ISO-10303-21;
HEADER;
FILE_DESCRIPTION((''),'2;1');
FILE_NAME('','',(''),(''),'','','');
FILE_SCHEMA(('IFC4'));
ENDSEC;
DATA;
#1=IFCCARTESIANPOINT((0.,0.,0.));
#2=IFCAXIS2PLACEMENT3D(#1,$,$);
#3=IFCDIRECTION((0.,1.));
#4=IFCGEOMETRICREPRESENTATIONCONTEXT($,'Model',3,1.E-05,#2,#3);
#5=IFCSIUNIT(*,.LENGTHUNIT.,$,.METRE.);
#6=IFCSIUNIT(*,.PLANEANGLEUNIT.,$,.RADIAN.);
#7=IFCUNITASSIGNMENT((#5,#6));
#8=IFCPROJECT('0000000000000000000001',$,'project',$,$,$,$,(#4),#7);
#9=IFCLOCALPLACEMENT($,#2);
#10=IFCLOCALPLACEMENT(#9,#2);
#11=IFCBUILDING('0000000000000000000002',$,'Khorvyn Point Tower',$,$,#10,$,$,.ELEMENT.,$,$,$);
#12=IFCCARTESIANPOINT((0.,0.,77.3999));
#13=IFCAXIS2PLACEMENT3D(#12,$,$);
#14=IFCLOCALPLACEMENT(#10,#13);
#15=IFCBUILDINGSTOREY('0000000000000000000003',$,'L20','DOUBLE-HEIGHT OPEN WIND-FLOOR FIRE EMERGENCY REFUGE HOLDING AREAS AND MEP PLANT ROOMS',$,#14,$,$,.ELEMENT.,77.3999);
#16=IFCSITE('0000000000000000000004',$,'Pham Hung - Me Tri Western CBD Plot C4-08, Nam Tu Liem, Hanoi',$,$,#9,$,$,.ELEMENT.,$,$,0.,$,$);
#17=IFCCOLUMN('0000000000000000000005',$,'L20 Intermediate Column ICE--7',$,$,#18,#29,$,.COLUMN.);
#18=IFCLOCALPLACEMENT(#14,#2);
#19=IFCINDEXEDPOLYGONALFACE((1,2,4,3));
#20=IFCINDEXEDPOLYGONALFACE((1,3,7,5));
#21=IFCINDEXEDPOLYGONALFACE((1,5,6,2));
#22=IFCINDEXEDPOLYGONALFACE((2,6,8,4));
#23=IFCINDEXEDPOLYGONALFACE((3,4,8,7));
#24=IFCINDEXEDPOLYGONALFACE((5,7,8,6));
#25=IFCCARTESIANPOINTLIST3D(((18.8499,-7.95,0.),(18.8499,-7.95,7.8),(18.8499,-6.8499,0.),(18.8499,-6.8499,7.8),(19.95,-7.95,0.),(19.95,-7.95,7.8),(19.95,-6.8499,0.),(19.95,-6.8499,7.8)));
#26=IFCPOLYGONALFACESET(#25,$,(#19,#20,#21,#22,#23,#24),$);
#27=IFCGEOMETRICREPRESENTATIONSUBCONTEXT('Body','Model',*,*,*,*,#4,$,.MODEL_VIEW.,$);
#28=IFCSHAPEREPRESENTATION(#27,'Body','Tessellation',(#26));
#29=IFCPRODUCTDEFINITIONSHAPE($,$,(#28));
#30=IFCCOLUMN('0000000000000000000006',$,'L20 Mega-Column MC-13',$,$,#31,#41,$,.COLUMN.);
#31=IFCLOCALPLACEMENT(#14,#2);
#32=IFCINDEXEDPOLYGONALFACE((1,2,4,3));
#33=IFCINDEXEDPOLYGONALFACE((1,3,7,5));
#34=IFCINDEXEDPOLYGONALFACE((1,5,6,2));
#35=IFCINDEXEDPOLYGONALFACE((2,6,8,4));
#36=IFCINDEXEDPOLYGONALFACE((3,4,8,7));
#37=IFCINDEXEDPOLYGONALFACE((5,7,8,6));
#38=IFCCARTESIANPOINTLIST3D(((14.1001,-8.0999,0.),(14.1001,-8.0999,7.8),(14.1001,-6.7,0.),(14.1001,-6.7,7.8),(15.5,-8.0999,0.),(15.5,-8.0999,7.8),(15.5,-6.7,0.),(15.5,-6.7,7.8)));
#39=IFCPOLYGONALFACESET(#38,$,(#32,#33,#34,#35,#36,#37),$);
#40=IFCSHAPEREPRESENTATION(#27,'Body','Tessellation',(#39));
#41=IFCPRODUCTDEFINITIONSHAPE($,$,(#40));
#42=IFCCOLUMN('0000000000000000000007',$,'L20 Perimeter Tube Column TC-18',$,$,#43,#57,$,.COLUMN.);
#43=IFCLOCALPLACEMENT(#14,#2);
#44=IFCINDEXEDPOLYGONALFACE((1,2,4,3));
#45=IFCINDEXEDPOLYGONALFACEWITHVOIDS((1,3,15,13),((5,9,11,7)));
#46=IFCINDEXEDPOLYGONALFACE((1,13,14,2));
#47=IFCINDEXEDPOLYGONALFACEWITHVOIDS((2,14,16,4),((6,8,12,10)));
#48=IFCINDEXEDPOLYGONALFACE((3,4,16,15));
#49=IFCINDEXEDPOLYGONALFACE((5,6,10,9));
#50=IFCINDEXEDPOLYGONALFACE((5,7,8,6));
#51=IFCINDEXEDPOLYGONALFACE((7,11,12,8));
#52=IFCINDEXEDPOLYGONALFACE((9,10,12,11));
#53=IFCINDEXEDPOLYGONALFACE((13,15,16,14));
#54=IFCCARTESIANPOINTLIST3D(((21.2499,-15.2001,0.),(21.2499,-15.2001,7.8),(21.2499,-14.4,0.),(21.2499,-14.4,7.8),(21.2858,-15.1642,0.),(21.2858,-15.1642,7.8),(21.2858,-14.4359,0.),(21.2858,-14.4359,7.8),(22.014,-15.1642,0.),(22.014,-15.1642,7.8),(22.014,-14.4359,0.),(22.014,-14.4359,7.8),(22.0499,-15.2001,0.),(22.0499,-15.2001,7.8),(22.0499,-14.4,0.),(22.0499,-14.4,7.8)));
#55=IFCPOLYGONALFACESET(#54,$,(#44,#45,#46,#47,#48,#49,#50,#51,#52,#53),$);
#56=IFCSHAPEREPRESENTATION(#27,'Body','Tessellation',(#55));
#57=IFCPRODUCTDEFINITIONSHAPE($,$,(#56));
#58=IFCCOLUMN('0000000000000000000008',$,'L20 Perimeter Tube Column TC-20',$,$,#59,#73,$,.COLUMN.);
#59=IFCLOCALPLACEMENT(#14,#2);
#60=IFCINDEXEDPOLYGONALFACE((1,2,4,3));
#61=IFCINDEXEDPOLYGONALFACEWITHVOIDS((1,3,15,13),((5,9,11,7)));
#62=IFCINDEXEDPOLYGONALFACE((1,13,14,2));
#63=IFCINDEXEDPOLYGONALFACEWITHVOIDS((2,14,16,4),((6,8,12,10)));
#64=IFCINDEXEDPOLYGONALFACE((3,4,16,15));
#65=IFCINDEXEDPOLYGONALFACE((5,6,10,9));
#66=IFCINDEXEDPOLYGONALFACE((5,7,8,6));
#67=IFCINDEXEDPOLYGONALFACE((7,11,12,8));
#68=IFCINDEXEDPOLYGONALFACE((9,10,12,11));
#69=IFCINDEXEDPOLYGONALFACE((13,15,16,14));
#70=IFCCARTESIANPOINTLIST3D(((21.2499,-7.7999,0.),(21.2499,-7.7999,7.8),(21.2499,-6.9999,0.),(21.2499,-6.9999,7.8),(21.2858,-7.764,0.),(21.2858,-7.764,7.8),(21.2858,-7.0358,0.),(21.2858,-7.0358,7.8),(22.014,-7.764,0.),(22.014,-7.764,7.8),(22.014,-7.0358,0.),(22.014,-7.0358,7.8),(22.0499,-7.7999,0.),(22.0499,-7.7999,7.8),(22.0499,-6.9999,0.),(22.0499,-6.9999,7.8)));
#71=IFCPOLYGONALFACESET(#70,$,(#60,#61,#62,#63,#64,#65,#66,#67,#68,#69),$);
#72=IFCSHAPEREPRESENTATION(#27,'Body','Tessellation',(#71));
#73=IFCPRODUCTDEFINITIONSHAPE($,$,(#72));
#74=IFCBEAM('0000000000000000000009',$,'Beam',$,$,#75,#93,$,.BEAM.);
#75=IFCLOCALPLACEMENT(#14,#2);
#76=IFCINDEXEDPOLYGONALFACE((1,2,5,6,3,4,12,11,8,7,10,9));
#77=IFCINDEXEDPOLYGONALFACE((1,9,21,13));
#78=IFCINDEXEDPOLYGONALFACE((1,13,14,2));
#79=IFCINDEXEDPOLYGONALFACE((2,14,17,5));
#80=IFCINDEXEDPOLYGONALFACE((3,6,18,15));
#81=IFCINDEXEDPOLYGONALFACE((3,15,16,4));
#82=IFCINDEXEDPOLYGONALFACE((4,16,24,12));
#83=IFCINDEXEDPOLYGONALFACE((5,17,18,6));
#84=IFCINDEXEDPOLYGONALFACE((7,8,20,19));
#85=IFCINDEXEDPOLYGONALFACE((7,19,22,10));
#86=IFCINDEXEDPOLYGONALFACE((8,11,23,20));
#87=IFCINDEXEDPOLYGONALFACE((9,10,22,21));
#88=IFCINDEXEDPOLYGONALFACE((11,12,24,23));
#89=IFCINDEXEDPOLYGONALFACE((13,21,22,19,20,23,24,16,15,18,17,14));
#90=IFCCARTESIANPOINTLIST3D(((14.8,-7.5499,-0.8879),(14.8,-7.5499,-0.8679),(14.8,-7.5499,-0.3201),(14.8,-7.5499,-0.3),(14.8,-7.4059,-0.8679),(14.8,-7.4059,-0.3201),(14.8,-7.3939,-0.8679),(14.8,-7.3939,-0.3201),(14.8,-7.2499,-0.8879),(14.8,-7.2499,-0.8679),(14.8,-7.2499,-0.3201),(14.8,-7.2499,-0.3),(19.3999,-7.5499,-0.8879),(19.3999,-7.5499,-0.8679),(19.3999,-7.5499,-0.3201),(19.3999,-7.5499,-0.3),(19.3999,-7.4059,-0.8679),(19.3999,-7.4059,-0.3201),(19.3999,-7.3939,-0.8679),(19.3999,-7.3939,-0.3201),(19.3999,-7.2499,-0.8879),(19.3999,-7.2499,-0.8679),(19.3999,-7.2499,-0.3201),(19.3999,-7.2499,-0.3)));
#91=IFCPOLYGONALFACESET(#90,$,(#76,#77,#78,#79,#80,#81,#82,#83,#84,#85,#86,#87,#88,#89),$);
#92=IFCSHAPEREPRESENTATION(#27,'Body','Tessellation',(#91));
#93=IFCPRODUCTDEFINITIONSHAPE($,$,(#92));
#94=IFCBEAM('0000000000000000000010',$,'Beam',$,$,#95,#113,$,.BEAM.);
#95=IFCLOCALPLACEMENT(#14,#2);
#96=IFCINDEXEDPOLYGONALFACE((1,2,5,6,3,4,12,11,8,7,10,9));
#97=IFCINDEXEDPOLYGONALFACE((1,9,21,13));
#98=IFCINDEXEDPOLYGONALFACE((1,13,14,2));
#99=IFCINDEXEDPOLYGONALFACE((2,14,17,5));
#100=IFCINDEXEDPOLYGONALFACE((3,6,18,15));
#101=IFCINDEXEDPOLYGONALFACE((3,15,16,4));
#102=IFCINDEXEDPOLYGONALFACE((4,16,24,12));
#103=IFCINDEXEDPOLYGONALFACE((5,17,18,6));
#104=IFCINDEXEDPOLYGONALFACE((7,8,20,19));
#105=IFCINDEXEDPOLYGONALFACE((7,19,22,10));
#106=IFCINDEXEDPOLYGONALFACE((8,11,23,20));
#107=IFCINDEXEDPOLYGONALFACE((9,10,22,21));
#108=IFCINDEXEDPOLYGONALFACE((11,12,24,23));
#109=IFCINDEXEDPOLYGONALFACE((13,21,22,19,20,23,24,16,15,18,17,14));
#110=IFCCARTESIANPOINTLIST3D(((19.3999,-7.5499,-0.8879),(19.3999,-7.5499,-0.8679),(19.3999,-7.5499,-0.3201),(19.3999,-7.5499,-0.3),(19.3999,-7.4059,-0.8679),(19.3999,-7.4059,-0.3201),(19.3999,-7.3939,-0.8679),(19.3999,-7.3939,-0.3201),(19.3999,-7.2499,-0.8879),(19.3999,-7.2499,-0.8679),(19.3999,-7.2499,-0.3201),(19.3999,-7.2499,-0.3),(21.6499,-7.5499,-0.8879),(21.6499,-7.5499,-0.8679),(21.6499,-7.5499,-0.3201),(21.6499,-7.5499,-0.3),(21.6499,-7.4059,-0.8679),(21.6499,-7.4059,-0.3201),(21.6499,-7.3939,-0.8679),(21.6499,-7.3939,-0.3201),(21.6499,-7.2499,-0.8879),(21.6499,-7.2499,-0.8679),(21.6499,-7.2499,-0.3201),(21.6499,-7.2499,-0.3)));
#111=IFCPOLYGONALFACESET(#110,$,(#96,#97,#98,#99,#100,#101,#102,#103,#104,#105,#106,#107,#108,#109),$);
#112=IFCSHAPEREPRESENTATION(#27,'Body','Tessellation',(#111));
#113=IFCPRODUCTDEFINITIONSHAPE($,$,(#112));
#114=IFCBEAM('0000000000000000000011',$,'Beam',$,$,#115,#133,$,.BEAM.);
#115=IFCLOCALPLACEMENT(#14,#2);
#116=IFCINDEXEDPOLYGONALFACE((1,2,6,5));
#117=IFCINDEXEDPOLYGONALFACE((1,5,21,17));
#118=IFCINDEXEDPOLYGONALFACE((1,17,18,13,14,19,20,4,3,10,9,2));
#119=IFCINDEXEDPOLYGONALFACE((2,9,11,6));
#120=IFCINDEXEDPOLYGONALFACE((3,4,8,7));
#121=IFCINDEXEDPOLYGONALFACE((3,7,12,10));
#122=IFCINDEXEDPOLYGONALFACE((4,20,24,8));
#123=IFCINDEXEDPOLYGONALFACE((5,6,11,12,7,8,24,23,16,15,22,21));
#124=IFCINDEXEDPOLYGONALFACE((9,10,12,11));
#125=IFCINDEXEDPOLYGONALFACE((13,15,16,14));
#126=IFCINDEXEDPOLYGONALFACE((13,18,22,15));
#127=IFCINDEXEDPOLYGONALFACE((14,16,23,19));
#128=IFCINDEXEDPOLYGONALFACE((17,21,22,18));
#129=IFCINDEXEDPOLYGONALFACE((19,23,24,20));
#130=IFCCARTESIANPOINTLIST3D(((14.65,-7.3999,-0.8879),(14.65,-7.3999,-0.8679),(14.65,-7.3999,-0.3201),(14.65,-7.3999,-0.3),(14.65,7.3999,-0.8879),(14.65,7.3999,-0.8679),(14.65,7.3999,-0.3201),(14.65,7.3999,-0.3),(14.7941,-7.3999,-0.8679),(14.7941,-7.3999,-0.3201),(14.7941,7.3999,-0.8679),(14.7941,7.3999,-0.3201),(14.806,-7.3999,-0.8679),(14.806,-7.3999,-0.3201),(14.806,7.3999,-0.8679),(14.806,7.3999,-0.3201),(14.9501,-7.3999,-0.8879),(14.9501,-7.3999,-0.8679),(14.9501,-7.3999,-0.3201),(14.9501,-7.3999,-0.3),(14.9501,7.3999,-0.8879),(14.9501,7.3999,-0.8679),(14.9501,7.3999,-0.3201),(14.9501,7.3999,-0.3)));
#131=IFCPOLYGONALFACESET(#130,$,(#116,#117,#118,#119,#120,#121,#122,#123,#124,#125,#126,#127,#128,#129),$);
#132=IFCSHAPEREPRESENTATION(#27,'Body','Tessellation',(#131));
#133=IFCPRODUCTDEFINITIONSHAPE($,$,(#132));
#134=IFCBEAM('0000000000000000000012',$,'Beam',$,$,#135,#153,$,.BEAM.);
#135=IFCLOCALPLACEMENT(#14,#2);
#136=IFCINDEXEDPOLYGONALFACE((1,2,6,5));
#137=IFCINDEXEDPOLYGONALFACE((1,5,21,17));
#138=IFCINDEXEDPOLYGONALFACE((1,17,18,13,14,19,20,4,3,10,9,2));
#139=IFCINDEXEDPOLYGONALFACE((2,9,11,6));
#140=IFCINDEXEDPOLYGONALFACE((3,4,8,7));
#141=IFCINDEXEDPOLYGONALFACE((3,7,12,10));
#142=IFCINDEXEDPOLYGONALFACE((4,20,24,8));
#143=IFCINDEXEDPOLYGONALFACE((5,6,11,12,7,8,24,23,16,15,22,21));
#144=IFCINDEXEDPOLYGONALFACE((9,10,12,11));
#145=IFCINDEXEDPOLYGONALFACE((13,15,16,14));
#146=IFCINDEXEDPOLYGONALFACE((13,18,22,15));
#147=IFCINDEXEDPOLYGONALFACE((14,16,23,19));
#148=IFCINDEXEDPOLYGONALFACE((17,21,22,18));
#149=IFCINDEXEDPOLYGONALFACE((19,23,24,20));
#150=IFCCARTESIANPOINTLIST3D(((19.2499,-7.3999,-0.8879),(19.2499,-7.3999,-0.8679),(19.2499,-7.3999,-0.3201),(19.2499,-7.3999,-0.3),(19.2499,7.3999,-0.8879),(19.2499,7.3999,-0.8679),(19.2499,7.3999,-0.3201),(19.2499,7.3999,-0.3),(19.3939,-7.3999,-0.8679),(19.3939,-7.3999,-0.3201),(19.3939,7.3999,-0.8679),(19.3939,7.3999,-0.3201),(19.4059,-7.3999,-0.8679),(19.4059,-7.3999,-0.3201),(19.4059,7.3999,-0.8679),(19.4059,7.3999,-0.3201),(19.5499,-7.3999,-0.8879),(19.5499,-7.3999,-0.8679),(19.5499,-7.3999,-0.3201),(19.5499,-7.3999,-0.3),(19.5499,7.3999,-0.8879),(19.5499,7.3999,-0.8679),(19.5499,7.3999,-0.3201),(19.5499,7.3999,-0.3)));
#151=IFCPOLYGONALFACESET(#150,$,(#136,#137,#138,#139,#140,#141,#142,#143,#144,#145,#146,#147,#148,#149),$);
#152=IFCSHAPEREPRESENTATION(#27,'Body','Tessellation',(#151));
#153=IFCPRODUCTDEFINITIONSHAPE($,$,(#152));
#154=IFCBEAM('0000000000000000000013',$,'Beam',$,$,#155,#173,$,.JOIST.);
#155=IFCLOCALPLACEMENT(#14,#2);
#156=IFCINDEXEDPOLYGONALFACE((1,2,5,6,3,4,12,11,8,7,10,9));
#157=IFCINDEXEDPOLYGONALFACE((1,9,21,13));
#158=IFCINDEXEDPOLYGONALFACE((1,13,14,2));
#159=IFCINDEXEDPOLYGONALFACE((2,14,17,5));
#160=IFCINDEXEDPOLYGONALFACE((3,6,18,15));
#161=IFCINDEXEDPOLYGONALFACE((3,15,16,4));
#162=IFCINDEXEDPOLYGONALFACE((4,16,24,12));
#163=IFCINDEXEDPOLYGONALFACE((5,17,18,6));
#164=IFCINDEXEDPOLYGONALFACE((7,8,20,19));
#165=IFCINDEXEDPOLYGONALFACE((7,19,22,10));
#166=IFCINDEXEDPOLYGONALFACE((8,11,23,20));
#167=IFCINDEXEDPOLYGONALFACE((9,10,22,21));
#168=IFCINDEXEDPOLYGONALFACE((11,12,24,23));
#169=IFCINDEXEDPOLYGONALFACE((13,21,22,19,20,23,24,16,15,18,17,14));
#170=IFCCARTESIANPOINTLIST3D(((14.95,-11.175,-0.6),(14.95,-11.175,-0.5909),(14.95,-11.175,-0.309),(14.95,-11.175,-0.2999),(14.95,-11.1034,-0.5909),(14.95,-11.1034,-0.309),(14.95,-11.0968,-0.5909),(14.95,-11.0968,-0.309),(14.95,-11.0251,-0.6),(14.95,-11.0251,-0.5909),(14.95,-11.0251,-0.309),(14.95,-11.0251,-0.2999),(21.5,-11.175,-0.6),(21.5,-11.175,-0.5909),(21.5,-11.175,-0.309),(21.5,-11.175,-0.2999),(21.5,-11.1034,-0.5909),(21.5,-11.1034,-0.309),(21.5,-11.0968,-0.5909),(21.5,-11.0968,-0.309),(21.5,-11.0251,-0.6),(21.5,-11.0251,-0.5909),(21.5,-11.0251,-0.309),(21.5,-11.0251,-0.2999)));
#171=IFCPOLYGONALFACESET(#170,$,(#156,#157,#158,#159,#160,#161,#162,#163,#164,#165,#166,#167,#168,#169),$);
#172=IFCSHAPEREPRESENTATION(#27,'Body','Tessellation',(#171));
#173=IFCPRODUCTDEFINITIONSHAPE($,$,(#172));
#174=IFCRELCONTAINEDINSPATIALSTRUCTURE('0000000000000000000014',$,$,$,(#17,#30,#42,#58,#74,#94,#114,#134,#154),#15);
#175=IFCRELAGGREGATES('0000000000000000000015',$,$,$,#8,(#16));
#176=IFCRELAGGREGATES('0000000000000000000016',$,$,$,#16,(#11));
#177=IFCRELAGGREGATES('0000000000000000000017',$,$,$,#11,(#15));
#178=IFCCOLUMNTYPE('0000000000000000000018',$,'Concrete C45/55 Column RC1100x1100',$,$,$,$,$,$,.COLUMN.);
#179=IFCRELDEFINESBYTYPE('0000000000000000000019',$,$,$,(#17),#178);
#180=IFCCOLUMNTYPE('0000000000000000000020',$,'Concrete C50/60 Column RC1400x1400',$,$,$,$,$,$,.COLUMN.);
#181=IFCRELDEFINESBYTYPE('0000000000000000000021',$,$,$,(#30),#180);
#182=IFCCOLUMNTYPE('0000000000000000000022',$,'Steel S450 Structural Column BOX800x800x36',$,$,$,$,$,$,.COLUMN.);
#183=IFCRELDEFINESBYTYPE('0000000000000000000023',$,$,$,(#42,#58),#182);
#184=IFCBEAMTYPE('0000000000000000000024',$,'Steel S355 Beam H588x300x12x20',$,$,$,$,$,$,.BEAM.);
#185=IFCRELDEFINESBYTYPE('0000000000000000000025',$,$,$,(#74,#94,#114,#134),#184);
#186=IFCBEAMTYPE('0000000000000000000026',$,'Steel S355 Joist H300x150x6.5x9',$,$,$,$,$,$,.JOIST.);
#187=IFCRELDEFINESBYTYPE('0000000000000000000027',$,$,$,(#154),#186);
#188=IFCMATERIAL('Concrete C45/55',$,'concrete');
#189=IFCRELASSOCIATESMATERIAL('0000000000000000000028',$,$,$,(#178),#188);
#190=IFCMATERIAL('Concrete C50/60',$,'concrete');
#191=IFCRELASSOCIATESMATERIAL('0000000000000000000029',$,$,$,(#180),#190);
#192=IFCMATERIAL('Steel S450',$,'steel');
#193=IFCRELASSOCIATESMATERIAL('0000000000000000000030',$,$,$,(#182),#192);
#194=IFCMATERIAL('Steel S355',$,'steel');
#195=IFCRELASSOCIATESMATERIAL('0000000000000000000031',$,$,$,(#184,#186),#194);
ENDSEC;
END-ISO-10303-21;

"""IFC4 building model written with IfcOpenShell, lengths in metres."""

from ifc_helpers import new_model, si_unit, direction, frame, origin, origin_2d, place, context, subcontext, project, spatial, rectangle, hollow_rectangle, i_section, extrude, material, material_profile, profile_set, type_object, element, save


model = new_model("IFC4")

# Units and contexts
model_context = context("Model", 3, precision=1e-05, world=origin(), true_north=direction((0.0, 1.0)))
body_context = subcontext(model_context, "Body", "Model", "MODEL_VIEW")
ifc_project = project(units=[si_unit("LENGTHUNIT", "METRE"), si_unit("PLANEANGLEUNIT", "RADIAN")], contexts=[model_context])

# Site, building, storey
site_placement = place(None, origin())
site = spatial("IfcSite", under=ifc_project, at=site_placement, Name="Pham Hung - Me Tri Western CBD Plot C4-08, Nam Tu Liem, Hanoi", CompositionType="ELEMENT", RefElevation=0.0)
building_placement = place(site_placement, origin())
building = spatial("IfcBuilding", under=site, at=building_placement, Name="Khorvyn Point Tower", CompositionType="ELEMENT")
storey_placement = place(building_placement, frame((0.0, 0.0, 77.3999)))
storey = spatial("IfcBuildingStorey", under=building, at=storey_placement, Name="L20", Description="DOUBLE-HEIGHT OPEN WIND-FLOOR FIRE EMERGENCY REFUGE HOLDING AREAS AND MEP PLANT ROOMS", CompositionType="ELEMENT", Elevation=77.3999)

# Columns
ifc_material_1 = material(Name="Concrete C45/55", Category="concrete")
ifc_material_profile_1 = material_profile(ifc_material_1, rectangle(XDim=1.1001, YDim=1.1001, at=origin_2d()))
ifc_profile_set_1 = profile_set([ifc_material_profile_1], Name="Concrete C45/55 RC1100x1100")
column_type_1 = type_object("IfcColumnType", Name="Concrete C45/55 Column RC1100x1100", PredefinedType="COLUMN", material=ifc_profile_set_1)
column_1_placement = place(storey_placement, frame((19.3999, -7.3999, 0.0), z_axis=(0.0, 0.0, 1.0), x_axis=(1.0, 0.0, 0.0)))
element("IfcColumn", 1, at=column_1_placement, inside=storey, type_object=column_type_1, Name="L20 Intermediate Column ICE--7", PredefinedType="COLUMN", context=body_context, shape_type="SweptSolid", body=[
    extrude(rectangle(XDim=1.1001, YDim=1.1001, at=origin_2d()), origin(), (0.0, 0.0, 1.0), 7.8),
])
ifc_material_2 = material(Name="Concrete C50/60", Category="concrete")
ifc_material_profile_2 = material_profile(ifc_material_2, rectangle(XDim=1.3999, YDim=1.3999, at=origin_2d()))
ifc_profile_set_2 = profile_set([ifc_material_profile_2], Name="Concrete C50/60 RC1400x1400")
column_type_2 = type_object("IfcColumnType", Name="Concrete C50/60 Column RC1400x1400", PredefinedType="COLUMN", material=ifc_profile_set_2)
column_2_placement = place(storey_placement, frame((14.8, -7.3999, 0.0), z_axis=(0.0, 0.0, 1.0), x_axis=(1.0, 0.0, 0.0)))
element("IfcColumn", 2, at=column_2_placement, inside=storey, type_object=column_type_2, Name="L20 Mega-Column MC-13", PredefinedType="COLUMN", context=body_context, shape_type="SweptSolid", body=[
    extrude(rectangle(XDim=1.3999, YDim=1.3999, at=origin_2d()), origin(), (0.0, 0.0, 1.0), 7.8),
])
ifc_material_3 = material(Name="Steel S450", Category="steel")
ifc_material_profile_3 = material_profile(ifc_material_3, hollow_rectangle(XDim=0.8, YDim=0.8, WallThickness=0.0359, at=origin_2d()))
ifc_profile_set_3 = profile_set([ifc_material_profile_3], Name="Steel S450 BOX800x800x36")
column_type_3 = type_object("IfcColumnType", Name="Steel S450 Structural Column BOX800x800x36", PredefinedType="COLUMN", material=ifc_profile_set_3)
for number, where, z_axis, x_axis, name in (
    (3, (21.6499, -14.8, 0.0), (0.0, 0.0, 1.0), (1.0, 0.0, 0.0), "L20 Perimeter Tube Column TC-18"),
    (4, (21.6499, -7.3999, 0.0), (0.0, 0.0, 1.0), (1.0, 0.0, 0.0), "L20 Perimeter Tube Column TC-20"),
):
    element("IfcColumn", number, at=place(storey_placement, frame(where, z_axis=z_axis, x_axis=x_axis)), inside=storey, type_object=column_type_3, Name=name, PredefinedType="COLUMN", context=body_context, shape_type="SweptSolid", body=[
        extrude(hollow_rectangle(XDim=0.8, YDim=0.8, WallThickness=0.0359, at=origin_2d()), origin(), (0.0, 0.0, 1.0), 7.8),
    ])

# Beams
ifc_material_4 = material(Name="Steel S355", Category="steel")
ifc_material_profile_4 = material_profile(ifc_material_4, i_section(OverallWidth=0.3, OverallDepth=0.5879, WebThickness=0.012, FlangeThickness=0.02, at=origin_2d()))
ifc_profile_set_4 = profile_set([ifc_material_profile_4], Name="Steel S355 H588x300x12x20")
beam_type_1 = type_object("IfcBeamType", Name="Steel S355 Beam H588x300x12x20", PredefinedType="BEAM", material=ifc_profile_set_4)
beam_1_placement = place(storey_placement, frame((14.8, -7.3999, -0.594), z_axis=(1.0, 0.0, 0.0), x_axis=(0.0, 1.0, 0.0)))
element("IfcBeam", 5, at=beam_1_placement, inside=storey, type_object=beam_type_1, Name="Beam", PredefinedType="BEAM", context=body_context, shape_type="SweptSolid", body=[
    extrude(i_section(OverallWidth=0.3, OverallDepth=0.5879, WebThickness=0.012, FlangeThickness=0.02, at=origin_2d()), origin(), (0.0, 0.0, 1.0), 4.5999),
])
beam_2_placement = place(storey_placement, frame((19.3999, -7.3999, -0.594), z_axis=(1.0, 0.0, 0.0), x_axis=(0.0, 1.0, 0.0)))
element("IfcBeam", 6, at=beam_2_placement, inside=storey, type_object=beam_type_1, Name="Beam", PredefinedType="BEAM", context=body_context, shape_type="SweptSolid", body=[
    extrude(i_section(OverallWidth=0.3, OverallDepth=0.5879, WebThickness=0.012, FlangeThickness=0.02, at=origin_2d()), origin(), (0.0, 0.0, 1.0), 2.25),
])
for number, where, z_axis, x_axis, name in (
    (7, (14.8, -7.3999, -0.594), (0.0, 1.0, 0.0), (-1.0, 0.0, 0.0), "Beam"),
    (8, (19.3999, -7.3999, -0.594), (0.0, 1.0, 0.0), (-1.0, 0.0, 0.0), "Beam"),
):
    element("IfcBeam", number, at=place(storey_placement, frame(where, z_axis=z_axis, x_axis=x_axis)), inside=storey, type_object=beam_type_1, Name=name, PredefinedType="BEAM", context=body_context, shape_type="SweptSolid", body=[
        extrude(i_section(OverallWidth=0.3, OverallDepth=0.5879, WebThickness=0.012, FlangeThickness=0.02, at=origin_2d()), origin(), (0.0, 0.0, 1.0), 14.7998),
    ])
ifc_material_profile_5 = material_profile(ifc_material_4, i_section(OverallWidth=0.1499, OverallDepth=0.3, WebThickness=0.0066, FlangeThickness=0.009, at=origin_2d()))
ifc_profile_set_5 = profile_set([ifc_material_profile_5], Name="Steel S355 H300x150x6.5x9")
beam_type_2 = type_object("IfcBeamType", Name="Steel S355 Joist H300x150x6.5x9", PredefinedType="JOIST", material=ifc_profile_set_5)
beam_3_placement = place(storey_placement, frame((14.95, -11.1001, -0.45), z_axis=(1.0, 0.0, 0.0), x_axis=(0.0, 1.0, 0.0)))
element("IfcBeam", 9, at=beam_3_placement, inside=storey, type_object=beam_type_2, Name="Beam", PredefinedType="JOIST", context=body_context, shape_type="SweptSolid", body=[
    extrude(i_section(OverallWidth=0.1499, OverallDepth=0.3, WebThickness=0.0066, FlangeThickness=0.009, at=origin_2d()), origin(), (0.0, 0.0, 1.0), 6.55),
])

save(model, "model.ifc")
